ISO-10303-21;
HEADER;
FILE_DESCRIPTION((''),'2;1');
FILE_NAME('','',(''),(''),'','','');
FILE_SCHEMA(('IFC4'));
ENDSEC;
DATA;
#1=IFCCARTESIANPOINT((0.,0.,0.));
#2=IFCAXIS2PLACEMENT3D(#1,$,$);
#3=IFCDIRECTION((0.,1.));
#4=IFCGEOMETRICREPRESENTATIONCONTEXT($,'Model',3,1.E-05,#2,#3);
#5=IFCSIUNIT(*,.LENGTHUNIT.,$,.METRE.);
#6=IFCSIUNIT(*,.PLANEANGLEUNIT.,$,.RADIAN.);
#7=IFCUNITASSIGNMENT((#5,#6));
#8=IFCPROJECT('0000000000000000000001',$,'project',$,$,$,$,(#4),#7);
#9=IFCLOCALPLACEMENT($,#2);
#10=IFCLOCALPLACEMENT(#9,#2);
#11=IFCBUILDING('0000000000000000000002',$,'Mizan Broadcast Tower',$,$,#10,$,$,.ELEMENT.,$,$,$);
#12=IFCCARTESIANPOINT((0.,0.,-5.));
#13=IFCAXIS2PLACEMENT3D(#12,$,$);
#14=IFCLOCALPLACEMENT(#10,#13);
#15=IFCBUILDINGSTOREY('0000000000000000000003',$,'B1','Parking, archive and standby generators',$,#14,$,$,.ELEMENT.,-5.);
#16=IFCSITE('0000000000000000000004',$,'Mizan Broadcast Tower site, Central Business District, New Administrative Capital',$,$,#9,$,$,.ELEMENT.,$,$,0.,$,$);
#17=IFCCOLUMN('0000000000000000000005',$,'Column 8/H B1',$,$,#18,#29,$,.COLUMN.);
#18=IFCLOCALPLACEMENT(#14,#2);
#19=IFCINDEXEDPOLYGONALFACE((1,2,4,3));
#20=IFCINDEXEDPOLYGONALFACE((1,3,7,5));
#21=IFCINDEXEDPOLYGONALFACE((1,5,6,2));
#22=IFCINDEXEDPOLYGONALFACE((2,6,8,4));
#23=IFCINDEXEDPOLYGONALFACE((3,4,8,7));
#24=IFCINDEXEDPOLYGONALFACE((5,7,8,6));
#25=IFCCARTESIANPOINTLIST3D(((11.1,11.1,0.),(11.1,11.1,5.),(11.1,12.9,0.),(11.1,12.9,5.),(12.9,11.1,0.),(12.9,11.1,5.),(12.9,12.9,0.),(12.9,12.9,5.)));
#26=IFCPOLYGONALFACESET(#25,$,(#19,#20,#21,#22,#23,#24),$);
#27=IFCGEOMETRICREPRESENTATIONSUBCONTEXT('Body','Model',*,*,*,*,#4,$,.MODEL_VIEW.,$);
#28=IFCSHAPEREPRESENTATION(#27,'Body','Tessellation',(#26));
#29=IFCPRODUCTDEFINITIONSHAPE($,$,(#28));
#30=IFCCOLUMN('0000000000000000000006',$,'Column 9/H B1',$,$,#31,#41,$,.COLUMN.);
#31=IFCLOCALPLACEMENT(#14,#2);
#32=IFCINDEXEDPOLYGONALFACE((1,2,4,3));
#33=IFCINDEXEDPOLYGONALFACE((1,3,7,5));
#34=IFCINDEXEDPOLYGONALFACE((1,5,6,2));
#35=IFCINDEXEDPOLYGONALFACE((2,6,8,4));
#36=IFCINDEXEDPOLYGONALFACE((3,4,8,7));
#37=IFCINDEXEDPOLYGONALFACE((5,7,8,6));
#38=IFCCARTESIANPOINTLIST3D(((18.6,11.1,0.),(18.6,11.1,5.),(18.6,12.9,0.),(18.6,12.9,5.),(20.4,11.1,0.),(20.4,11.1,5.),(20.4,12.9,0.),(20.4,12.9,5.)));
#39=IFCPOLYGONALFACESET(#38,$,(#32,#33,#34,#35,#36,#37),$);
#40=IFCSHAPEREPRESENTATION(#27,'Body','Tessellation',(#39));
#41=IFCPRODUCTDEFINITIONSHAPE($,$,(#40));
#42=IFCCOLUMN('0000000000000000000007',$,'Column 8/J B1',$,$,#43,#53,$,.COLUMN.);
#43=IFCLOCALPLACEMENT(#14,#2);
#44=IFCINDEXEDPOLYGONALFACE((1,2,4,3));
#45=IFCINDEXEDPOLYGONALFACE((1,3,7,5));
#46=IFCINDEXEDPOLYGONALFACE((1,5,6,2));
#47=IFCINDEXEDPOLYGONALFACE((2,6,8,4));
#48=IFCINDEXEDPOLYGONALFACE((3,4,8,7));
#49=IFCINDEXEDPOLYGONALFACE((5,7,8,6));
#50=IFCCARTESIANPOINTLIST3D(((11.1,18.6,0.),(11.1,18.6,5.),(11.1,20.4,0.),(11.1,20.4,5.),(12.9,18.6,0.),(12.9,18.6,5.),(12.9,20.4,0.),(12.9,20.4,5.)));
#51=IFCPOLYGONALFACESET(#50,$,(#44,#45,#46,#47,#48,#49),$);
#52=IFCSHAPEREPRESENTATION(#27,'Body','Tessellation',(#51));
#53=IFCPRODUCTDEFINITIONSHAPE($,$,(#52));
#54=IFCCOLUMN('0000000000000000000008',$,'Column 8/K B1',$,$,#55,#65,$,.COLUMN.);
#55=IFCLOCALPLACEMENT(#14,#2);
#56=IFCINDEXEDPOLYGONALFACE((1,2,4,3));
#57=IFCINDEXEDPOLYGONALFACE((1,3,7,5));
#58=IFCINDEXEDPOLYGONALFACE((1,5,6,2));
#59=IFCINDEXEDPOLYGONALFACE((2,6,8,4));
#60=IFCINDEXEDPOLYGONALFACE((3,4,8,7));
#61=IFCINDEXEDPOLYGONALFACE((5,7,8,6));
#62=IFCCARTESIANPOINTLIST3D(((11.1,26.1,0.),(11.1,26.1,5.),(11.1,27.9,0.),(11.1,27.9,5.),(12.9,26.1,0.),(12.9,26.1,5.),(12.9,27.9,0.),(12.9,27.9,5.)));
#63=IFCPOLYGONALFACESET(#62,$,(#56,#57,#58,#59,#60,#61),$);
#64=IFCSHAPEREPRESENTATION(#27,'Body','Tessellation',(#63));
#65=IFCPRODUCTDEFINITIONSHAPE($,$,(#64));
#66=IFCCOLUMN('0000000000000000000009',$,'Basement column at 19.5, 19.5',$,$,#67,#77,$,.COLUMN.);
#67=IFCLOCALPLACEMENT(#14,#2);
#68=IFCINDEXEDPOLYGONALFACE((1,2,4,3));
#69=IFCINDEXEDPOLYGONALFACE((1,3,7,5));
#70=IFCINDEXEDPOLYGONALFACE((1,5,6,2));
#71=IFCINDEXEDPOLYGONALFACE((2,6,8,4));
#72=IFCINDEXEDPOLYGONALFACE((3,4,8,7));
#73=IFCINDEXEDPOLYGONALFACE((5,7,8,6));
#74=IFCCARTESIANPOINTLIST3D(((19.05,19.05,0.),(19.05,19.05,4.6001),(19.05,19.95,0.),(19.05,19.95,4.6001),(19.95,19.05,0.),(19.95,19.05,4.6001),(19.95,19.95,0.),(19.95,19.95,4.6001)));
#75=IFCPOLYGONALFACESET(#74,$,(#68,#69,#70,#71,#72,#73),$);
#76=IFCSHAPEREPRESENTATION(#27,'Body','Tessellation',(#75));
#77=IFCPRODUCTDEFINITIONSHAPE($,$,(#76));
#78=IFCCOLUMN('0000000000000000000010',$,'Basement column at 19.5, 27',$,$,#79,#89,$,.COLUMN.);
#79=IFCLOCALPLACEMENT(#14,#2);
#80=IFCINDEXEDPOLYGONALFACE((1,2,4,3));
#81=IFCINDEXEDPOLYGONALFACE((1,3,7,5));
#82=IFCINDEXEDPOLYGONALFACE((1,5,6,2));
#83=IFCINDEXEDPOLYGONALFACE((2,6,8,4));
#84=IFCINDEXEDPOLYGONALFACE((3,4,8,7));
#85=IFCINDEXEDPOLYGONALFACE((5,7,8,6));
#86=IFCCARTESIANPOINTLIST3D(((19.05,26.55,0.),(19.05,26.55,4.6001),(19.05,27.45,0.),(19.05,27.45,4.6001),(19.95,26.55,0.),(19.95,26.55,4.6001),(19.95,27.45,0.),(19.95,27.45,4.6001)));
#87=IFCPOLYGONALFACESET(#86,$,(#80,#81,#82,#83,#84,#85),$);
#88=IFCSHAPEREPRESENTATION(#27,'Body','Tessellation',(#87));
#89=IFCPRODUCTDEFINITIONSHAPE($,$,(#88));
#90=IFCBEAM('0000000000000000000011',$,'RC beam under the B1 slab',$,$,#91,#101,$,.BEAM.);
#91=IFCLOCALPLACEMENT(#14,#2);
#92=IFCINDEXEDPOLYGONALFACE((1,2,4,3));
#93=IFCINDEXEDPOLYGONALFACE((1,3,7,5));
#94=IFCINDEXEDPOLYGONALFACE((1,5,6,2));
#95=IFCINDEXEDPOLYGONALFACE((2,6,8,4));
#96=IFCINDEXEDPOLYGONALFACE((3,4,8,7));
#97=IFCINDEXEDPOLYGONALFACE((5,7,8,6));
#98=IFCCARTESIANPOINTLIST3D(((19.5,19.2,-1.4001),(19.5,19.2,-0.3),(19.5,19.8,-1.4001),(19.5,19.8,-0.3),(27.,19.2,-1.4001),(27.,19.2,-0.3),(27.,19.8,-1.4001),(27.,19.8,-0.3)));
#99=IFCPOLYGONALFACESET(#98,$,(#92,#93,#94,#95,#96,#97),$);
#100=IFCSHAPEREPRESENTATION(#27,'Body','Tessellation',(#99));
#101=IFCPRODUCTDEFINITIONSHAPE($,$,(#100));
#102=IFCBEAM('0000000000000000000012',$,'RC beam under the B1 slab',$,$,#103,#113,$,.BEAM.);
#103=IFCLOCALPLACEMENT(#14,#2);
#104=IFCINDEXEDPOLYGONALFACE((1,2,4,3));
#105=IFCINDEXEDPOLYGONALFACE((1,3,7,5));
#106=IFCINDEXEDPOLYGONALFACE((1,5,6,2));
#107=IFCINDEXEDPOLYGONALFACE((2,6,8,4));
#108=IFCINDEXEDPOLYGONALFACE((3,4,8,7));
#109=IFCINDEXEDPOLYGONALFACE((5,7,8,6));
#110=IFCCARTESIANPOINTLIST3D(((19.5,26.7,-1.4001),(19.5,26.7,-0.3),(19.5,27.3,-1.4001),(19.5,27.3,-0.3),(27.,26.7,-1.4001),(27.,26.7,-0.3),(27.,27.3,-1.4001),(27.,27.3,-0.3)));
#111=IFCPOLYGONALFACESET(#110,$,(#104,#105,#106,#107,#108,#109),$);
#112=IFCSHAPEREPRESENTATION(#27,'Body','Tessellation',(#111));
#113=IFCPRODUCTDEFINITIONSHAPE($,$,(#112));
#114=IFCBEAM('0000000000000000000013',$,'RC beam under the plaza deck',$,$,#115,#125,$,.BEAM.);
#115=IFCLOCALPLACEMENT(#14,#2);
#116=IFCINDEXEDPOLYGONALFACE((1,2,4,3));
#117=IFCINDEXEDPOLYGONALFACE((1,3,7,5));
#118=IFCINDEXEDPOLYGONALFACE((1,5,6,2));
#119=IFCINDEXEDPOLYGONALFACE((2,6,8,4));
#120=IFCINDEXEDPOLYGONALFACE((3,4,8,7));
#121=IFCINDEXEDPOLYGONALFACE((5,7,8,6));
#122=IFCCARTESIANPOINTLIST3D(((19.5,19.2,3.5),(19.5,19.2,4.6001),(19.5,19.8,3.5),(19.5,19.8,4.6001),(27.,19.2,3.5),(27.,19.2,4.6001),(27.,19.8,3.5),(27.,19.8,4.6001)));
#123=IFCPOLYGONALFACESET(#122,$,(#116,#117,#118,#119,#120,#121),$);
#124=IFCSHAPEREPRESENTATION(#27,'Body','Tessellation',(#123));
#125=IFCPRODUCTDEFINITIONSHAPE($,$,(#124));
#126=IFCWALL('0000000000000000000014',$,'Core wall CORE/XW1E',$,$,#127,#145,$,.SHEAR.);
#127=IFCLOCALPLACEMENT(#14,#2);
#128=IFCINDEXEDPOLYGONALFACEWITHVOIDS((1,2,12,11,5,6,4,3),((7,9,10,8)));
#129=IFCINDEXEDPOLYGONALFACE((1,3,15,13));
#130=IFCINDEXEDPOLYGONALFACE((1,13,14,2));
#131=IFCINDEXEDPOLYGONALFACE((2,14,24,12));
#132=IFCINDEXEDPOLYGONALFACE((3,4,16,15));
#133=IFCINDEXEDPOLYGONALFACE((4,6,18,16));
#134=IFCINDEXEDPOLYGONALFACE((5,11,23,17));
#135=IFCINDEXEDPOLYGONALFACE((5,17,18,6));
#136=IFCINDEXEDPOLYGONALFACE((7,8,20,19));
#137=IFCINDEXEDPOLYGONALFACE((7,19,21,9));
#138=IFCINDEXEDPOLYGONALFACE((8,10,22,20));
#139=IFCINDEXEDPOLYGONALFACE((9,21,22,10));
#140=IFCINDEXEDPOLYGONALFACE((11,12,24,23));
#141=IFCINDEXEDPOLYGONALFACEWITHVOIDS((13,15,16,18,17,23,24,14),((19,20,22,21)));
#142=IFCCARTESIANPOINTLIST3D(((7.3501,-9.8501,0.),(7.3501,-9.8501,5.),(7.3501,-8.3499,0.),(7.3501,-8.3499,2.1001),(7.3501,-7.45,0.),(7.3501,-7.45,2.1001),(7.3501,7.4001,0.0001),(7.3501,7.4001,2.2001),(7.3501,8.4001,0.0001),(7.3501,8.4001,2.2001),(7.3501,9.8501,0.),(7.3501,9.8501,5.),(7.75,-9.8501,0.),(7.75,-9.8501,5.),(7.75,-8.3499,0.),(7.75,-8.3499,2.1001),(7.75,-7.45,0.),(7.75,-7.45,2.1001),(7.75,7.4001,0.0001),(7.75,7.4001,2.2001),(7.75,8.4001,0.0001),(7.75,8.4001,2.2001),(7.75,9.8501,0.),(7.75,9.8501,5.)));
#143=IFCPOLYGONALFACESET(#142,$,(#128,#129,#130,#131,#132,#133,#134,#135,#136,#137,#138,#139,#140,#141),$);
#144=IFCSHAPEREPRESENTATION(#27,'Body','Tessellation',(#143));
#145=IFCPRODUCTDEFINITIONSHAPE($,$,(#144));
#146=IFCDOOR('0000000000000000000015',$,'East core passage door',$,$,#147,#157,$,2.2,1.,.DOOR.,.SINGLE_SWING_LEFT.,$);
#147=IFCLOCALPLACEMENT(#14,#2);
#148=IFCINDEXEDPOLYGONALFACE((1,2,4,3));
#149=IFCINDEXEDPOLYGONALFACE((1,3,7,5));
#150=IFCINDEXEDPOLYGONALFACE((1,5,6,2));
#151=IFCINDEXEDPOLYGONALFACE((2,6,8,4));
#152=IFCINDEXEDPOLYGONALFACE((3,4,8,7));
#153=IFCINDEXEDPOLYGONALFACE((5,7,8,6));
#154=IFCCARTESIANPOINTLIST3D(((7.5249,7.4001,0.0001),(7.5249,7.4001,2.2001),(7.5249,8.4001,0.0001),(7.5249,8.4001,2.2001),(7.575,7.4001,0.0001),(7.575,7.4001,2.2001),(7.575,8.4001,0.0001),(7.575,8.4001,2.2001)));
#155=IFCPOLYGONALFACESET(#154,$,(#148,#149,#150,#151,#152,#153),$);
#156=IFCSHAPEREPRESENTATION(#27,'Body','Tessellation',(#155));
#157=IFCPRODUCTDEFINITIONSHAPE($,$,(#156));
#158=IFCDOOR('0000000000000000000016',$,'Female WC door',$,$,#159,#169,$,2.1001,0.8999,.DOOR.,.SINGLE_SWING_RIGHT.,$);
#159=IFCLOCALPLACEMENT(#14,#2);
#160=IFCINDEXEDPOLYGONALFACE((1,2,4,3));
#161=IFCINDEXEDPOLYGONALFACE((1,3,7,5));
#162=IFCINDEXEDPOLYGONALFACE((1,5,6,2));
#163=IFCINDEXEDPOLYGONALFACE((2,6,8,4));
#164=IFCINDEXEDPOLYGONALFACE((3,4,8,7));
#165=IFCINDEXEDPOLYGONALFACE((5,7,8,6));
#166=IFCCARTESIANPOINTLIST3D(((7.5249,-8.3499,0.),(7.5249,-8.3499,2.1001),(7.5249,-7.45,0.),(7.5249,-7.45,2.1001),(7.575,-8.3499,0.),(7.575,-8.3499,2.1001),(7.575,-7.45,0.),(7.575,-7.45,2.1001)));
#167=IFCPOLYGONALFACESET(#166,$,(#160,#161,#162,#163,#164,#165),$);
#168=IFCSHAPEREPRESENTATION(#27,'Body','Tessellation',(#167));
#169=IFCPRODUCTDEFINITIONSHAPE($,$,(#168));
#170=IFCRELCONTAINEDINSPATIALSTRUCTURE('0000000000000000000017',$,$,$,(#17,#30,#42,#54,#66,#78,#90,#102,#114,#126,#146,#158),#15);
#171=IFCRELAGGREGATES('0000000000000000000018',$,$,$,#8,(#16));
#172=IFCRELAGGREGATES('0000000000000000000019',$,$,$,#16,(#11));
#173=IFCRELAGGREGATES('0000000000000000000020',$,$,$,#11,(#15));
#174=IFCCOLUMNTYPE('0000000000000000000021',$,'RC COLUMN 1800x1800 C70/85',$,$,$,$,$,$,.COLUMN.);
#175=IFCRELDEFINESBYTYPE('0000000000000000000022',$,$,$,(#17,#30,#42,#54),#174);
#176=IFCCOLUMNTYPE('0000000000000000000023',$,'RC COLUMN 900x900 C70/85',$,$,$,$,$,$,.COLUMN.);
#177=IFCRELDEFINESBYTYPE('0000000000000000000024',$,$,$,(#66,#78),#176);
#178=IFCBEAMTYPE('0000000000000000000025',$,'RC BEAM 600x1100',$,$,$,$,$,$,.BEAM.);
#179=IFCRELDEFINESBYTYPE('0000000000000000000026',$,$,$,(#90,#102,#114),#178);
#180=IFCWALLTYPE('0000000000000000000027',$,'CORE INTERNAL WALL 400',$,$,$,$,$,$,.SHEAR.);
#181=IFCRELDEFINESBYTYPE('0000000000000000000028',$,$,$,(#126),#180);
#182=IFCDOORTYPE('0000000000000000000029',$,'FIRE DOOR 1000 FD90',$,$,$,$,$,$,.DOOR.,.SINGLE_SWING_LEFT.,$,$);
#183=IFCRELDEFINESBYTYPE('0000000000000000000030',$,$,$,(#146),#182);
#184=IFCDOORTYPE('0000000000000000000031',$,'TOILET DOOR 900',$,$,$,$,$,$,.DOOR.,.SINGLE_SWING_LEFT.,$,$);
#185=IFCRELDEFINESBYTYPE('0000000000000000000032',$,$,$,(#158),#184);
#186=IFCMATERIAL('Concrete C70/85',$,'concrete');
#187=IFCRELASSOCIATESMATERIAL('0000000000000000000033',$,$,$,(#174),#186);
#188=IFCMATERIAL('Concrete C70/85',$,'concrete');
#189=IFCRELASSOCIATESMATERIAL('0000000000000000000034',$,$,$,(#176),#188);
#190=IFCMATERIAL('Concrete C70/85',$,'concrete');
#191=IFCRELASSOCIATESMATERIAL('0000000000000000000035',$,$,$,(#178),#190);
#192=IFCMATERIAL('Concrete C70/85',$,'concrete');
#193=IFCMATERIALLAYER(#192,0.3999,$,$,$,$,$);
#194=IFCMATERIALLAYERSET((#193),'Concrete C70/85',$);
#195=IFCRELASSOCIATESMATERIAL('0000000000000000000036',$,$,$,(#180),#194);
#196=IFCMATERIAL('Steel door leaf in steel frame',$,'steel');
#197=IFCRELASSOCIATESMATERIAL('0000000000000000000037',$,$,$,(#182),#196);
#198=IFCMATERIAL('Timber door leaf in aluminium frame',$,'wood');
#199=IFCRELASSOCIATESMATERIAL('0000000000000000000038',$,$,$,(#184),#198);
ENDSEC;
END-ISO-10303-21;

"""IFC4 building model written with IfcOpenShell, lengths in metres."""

from ifc_helpers import new_model, si_unit, direction, frame, frame_2d, origin, origin_2d, place, context, subcontext, project, spatial, rectangle, extrude, material, layer, layer_set, material_profile, profile_set, type_object, element, fill, save


model = new_model("IFC4")

# Units and contexts
model_context = context("Model", 3, precision=1e-05, world=origin(), true_north=direction((0.0, 1.0)))
body_context = subcontext(model_context, "Body", "Model", "MODEL_VIEW")
ifc_project = project(units=[si_unit("LENGTHUNIT", "METRE"), si_unit("PLANEANGLEUNIT", "RADIAN")], contexts=[model_context])

# Site, building, storey
site_placement = place(None, origin())
site = spatial("IfcSite", under=ifc_project, at=site_placement, Name="Mizan Broadcast Tower site, Central Business District, New Administrative Capital", CompositionType="ELEMENT", RefElevation=0.0)
building_placement = place(site_placement, origin())
building = spatial("IfcBuilding", under=site, at=building_placement, Name="Mizan Broadcast Tower", CompositionType="ELEMENT")
storey_placement = place(building_placement, frame((0.0, 0.0, -5.0)))
storey = spatial("IfcBuildingStorey", under=building, at=storey_placement, Name="B1", Description="Parking, archive and standby generators", CompositionType="ELEMENT", Elevation=-5.0)

# Columns
ifc_material_1 = material(Name="Concrete C70/85", Category="concrete")
ifc_material_profile_1 = material_profile(ifc_material_1, rectangle(XDim=1.8, YDim=1.8, at=origin_2d()), Name="RC 1800x1800")
ifc_profile_set_1 = profile_set([ifc_material_profile_1], Name="Concrete C70/85")
column_type_1 = type_object("IfcColumnType", Name="RC COLUMN 1800x1800 C70/85", PredefinedType="COLUMN", material=ifc_profile_set_1)
for number, where, z_axis, x_axis, name in (
    (1, (12.0, 12.0, 0.0), (0.0, 0.0, 1.0), (1.0, 0.0, 0.0), "Column 8/H B1"),
    (2, (19.5, 12.0, 0.0), (0.0, 0.0, 1.0), (1.0, 0.0, 0.0), "Column 9/H B1"),
    (3, (12.0, 19.5, 0.0), (0.0, 0.0, 1.0), (1.0, 0.0, 0.0), "Column 8/J B1"),
    (4, (12.0, 27.0, 0.0), (0.0, 0.0, 1.0), (1.0, 0.0, 0.0), "Column 8/K B1"),
):
    element("IfcColumn", number, at=place(storey_placement, frame(where, z_axis=z_axis, x_axis=x_axis)), inside=storey, type_object=column_type_1, Name=name, PredefinedType="COLUMN", context=body_context, shape_type="SweptSolid", body=[
        extrude(rectangle(XDim=1.8, YDim=1.8, at=origin_2d()), origin(), (0.0, 0.0, 1.0), 5.0),
    ])
ifc_material_2 = material(Name="Concrete C70/85", Category="concrete")
ifc_material_profile_2 = material_profile(ifc_material_2, rectangle(XDim=0.8999, YDim=0.8999, at=origin_2d()), Name="RC 900x900")
ifc_profile_set_2 = profile_set([ifc_material_profile_2], Name="Concrete C70/85")
column_type_2 = type_object("IfcColumnType", Name="RC COLUMN 900x900 C70/85", PredefinedType="COLUMN", material=ifc_profile_set_2)
for number, where, z_axis, x_axis, name in (
    (5, (19.5, 19.5, 0.0), (0.0, 0.0, 1.0), (1.0, 0.0, 0.0), "Basement column at 19.5, 19.5"),
    (6, (19.5, 27.0, 0.0), (0.0, 0.0, 1.0), (1.0, 0.0, 0.0), "Basement column at 19.5, 27"),
):
    element("IfcColumn", number, at=place(storey_placement, frame(where, z_axis=z_axis, x_axis=x_axis)), inside=storey, type_object=column_type_2, Name=name, PredefinedType="COLUMN", context=body_context, shape_type="SweptSolid", body=[
        extrude(rectangle(XDim=0.8999, YDim=0.8999, at=origin_2d()), origin(), (0.0, 0.0, 1.0), 4.6001),
    ])

# Beams
ifc_material_3 = material(Name="Concrete C70/85", Category="concrete")
ifc_material_profile_3 = material_profile(ifc_material_3, rectangle(XDim=0.6001, YDim=1.1001, at=origin_2d()), Name="RC 600x1100")
ifc_profile_set_3 = profile_set([ifc_material_profile_3], Name="Concrete C70/85")
beam_type = type_object("IfcBeamType", Name="RC BEAM 600x1100", PredefinedType="BEAM", material=ifc_profile_set_3)
for number, where, z_axis, x_axis, name in (
    (7, (19.5, 19.5, -0.8501), (1.0, 0.0, 0.0), (0.0, 1.0, 0.0), "RC beam under the B1 slab"),
    (8, (19.5, 27.0, -0.8501), (1.0, 0.0, 0.0), (0.0, 1.0, 0.0), "RC beam under the B1 slab"),
    (9, (19.5, 19.5, 4.05), (1.0, 0.0, 0.0), (0.0, 1.0, 0.0), "RC beam under the plaza deck"),
):
    element("IfcBeam", number, at=place(storey_placement, frame(where, z_axis=z_axis, x_axis=x_axis)), inside=storey, type_object=beam_type, Name=name, PredefinedType="BEAM", context=body_context, shape_type="SweptSolid", body=[
        extrude(rectangle(XDim=0.6001, YDim=1.1001, at=origin_2d()), origin(), (0.0, 0.0, 1.0), 7.5),
    ])

# Wall, openings, doors
ifc_material_4 = material(Name="Concrete C70/85", Category="concrete")
ifc_layer_1 = layer(ifc_material_4, 0.3999)
ifc_layer_set_1 = layer_set([ifc_layer_1], Name="Concrete C70/85")
wall_type_1 = type_object("IfcWallType", Name="CORE INTERNAL WALL 400", PredefinedType="SHEAR", material=ifc_layer_set_1)
wall_1_placement = place(storey_placement, frame((7.55, 9.8501, 0.0), z_axis=(0.0, 0.0, 1.0), x_axis=(0.0, -1.0, 0.0)))
wall_1 = element("IfcWall", 10, at=wall_1_placement, inside=storey, type_object=wall_type_1, Name="Core wall CORE/XW1E", PredefinedType="SHEAR", context=body_context, shape_type="SweptSolid", body=[
    extrude(rectangle(XDim=19.7002, YDim=0.3999, at=frame_2d((9.8501, 0.0))), origin(), (0.0, 0.0, 1.0), 5.0),
])
opening_1_placement = place(wall_1_placement, frame((1.45, 0.0, 0.0)))
opening_1 = element("IfcOpeningElement", 11, at=opening_1_placement, cuts=wall_1, PredefinedType="OPENING", context=body_context, shape_type="SweptSolid", body=[
    extrude(rectangle(XDim=1.0, YDim=2.2, at=frame_2d((0.5, 1.1001))), frame((0.0, 0.21, 0.0), z_axis=(0.0, -1.0, 0.0), x_axis=(1.0, 0.0, 0.0)), (0.0, 0.0, 1.0), 0.4199),
])
opening_2_placement = place(wall_1_placement, frame((17.3, 0.0, 0.0)))
opening_2 = element("IfcOpeningElement", 12, at=opening_2_placement, cuts=wall_1, PredefinedType="OPENING", context=body_context, shape_type="SweptSolid", body=[
    extrude(rectangle(XDim=0.8999, YDim=2.1001, at=frame_2d((0.45, 1.05))), frame((0.0, 0.21, 0.0), z_axis=(0.0, -1.0, 0.0), x_axis=(1.0, 0.0, 0.0)), (0.0, 0.0, 1.0), 0.4199),
])
ifc_material_5 = material(Name="Steel door leaf in steel frame", Category="steel")
door_type_1 = type_object("IfcDoorType", Name="FIRE DOOR 1000 FD90", OperationType="SINGLE_SWING_LEFT", PredefinedType="DOOR", material=ifc_material_5)
door_1_placement = place(opening_1_placement, origin())
door_1 = element("IfcDoor", 13, at=door_1_placement, inside=storey, type_object=door_type_1, Name="East core passage door", OperationType="SINGLE_SWING_LEFT", OverallHeight=2.2, OverallWidth=1.0, PredefinedType="DOOR", context=body_context, shape_type="SweptSolid", body=[
    extrude(rectangle(XDim=1.0, YDim=2.2, at=frame_2d((0.5, 1.1001))), frame((0.0, 0.0249, 0.0), z_axis=(0.0, -1.0, 0.0), x_axis=(1.0, 0.0, 0.0)), (0.0, 0.0, 1.0), 0.05),
])
fill(opening_1, door_1)
ifc_material_6 = material(Name="Timber door leaf in aluminium frame", Category="wood")
door_type_2 = type_object("IfcDoorType", Name="TOILET DOOR 900", OperationType="SINGLE_SWING_LEFT", PredefinedType="DOOR", material=ifc_material_6)
door_2_placement = place(opening_2_placement, origin())
door_2 = element("IfcDoor", 14, at=door_2_placement, inside=storey, type_object=door_type_2, Name="Female WC door", OperationType="SINGLE_SWING_RIGHT", OverallHeight=2.1001, OverallWidth=0.8999, PredefinedType="DOOR", context=body_context, shape_type="SweptSolid", body=[
    extrude(rectangle(XDim=0.8999, YDim=2.1001, at=frame_2d((0.45, 1.05))), frame((0.0, 0.0249, 0.0), z_axis=(0.0, -1.0, 0.0), x_axis=(1.0, 0.0, 0.0)), (0.0, 0.0, 1.0), 0.05),
])
fill(opening_2, door_2)

save(model, "model.ifc")
